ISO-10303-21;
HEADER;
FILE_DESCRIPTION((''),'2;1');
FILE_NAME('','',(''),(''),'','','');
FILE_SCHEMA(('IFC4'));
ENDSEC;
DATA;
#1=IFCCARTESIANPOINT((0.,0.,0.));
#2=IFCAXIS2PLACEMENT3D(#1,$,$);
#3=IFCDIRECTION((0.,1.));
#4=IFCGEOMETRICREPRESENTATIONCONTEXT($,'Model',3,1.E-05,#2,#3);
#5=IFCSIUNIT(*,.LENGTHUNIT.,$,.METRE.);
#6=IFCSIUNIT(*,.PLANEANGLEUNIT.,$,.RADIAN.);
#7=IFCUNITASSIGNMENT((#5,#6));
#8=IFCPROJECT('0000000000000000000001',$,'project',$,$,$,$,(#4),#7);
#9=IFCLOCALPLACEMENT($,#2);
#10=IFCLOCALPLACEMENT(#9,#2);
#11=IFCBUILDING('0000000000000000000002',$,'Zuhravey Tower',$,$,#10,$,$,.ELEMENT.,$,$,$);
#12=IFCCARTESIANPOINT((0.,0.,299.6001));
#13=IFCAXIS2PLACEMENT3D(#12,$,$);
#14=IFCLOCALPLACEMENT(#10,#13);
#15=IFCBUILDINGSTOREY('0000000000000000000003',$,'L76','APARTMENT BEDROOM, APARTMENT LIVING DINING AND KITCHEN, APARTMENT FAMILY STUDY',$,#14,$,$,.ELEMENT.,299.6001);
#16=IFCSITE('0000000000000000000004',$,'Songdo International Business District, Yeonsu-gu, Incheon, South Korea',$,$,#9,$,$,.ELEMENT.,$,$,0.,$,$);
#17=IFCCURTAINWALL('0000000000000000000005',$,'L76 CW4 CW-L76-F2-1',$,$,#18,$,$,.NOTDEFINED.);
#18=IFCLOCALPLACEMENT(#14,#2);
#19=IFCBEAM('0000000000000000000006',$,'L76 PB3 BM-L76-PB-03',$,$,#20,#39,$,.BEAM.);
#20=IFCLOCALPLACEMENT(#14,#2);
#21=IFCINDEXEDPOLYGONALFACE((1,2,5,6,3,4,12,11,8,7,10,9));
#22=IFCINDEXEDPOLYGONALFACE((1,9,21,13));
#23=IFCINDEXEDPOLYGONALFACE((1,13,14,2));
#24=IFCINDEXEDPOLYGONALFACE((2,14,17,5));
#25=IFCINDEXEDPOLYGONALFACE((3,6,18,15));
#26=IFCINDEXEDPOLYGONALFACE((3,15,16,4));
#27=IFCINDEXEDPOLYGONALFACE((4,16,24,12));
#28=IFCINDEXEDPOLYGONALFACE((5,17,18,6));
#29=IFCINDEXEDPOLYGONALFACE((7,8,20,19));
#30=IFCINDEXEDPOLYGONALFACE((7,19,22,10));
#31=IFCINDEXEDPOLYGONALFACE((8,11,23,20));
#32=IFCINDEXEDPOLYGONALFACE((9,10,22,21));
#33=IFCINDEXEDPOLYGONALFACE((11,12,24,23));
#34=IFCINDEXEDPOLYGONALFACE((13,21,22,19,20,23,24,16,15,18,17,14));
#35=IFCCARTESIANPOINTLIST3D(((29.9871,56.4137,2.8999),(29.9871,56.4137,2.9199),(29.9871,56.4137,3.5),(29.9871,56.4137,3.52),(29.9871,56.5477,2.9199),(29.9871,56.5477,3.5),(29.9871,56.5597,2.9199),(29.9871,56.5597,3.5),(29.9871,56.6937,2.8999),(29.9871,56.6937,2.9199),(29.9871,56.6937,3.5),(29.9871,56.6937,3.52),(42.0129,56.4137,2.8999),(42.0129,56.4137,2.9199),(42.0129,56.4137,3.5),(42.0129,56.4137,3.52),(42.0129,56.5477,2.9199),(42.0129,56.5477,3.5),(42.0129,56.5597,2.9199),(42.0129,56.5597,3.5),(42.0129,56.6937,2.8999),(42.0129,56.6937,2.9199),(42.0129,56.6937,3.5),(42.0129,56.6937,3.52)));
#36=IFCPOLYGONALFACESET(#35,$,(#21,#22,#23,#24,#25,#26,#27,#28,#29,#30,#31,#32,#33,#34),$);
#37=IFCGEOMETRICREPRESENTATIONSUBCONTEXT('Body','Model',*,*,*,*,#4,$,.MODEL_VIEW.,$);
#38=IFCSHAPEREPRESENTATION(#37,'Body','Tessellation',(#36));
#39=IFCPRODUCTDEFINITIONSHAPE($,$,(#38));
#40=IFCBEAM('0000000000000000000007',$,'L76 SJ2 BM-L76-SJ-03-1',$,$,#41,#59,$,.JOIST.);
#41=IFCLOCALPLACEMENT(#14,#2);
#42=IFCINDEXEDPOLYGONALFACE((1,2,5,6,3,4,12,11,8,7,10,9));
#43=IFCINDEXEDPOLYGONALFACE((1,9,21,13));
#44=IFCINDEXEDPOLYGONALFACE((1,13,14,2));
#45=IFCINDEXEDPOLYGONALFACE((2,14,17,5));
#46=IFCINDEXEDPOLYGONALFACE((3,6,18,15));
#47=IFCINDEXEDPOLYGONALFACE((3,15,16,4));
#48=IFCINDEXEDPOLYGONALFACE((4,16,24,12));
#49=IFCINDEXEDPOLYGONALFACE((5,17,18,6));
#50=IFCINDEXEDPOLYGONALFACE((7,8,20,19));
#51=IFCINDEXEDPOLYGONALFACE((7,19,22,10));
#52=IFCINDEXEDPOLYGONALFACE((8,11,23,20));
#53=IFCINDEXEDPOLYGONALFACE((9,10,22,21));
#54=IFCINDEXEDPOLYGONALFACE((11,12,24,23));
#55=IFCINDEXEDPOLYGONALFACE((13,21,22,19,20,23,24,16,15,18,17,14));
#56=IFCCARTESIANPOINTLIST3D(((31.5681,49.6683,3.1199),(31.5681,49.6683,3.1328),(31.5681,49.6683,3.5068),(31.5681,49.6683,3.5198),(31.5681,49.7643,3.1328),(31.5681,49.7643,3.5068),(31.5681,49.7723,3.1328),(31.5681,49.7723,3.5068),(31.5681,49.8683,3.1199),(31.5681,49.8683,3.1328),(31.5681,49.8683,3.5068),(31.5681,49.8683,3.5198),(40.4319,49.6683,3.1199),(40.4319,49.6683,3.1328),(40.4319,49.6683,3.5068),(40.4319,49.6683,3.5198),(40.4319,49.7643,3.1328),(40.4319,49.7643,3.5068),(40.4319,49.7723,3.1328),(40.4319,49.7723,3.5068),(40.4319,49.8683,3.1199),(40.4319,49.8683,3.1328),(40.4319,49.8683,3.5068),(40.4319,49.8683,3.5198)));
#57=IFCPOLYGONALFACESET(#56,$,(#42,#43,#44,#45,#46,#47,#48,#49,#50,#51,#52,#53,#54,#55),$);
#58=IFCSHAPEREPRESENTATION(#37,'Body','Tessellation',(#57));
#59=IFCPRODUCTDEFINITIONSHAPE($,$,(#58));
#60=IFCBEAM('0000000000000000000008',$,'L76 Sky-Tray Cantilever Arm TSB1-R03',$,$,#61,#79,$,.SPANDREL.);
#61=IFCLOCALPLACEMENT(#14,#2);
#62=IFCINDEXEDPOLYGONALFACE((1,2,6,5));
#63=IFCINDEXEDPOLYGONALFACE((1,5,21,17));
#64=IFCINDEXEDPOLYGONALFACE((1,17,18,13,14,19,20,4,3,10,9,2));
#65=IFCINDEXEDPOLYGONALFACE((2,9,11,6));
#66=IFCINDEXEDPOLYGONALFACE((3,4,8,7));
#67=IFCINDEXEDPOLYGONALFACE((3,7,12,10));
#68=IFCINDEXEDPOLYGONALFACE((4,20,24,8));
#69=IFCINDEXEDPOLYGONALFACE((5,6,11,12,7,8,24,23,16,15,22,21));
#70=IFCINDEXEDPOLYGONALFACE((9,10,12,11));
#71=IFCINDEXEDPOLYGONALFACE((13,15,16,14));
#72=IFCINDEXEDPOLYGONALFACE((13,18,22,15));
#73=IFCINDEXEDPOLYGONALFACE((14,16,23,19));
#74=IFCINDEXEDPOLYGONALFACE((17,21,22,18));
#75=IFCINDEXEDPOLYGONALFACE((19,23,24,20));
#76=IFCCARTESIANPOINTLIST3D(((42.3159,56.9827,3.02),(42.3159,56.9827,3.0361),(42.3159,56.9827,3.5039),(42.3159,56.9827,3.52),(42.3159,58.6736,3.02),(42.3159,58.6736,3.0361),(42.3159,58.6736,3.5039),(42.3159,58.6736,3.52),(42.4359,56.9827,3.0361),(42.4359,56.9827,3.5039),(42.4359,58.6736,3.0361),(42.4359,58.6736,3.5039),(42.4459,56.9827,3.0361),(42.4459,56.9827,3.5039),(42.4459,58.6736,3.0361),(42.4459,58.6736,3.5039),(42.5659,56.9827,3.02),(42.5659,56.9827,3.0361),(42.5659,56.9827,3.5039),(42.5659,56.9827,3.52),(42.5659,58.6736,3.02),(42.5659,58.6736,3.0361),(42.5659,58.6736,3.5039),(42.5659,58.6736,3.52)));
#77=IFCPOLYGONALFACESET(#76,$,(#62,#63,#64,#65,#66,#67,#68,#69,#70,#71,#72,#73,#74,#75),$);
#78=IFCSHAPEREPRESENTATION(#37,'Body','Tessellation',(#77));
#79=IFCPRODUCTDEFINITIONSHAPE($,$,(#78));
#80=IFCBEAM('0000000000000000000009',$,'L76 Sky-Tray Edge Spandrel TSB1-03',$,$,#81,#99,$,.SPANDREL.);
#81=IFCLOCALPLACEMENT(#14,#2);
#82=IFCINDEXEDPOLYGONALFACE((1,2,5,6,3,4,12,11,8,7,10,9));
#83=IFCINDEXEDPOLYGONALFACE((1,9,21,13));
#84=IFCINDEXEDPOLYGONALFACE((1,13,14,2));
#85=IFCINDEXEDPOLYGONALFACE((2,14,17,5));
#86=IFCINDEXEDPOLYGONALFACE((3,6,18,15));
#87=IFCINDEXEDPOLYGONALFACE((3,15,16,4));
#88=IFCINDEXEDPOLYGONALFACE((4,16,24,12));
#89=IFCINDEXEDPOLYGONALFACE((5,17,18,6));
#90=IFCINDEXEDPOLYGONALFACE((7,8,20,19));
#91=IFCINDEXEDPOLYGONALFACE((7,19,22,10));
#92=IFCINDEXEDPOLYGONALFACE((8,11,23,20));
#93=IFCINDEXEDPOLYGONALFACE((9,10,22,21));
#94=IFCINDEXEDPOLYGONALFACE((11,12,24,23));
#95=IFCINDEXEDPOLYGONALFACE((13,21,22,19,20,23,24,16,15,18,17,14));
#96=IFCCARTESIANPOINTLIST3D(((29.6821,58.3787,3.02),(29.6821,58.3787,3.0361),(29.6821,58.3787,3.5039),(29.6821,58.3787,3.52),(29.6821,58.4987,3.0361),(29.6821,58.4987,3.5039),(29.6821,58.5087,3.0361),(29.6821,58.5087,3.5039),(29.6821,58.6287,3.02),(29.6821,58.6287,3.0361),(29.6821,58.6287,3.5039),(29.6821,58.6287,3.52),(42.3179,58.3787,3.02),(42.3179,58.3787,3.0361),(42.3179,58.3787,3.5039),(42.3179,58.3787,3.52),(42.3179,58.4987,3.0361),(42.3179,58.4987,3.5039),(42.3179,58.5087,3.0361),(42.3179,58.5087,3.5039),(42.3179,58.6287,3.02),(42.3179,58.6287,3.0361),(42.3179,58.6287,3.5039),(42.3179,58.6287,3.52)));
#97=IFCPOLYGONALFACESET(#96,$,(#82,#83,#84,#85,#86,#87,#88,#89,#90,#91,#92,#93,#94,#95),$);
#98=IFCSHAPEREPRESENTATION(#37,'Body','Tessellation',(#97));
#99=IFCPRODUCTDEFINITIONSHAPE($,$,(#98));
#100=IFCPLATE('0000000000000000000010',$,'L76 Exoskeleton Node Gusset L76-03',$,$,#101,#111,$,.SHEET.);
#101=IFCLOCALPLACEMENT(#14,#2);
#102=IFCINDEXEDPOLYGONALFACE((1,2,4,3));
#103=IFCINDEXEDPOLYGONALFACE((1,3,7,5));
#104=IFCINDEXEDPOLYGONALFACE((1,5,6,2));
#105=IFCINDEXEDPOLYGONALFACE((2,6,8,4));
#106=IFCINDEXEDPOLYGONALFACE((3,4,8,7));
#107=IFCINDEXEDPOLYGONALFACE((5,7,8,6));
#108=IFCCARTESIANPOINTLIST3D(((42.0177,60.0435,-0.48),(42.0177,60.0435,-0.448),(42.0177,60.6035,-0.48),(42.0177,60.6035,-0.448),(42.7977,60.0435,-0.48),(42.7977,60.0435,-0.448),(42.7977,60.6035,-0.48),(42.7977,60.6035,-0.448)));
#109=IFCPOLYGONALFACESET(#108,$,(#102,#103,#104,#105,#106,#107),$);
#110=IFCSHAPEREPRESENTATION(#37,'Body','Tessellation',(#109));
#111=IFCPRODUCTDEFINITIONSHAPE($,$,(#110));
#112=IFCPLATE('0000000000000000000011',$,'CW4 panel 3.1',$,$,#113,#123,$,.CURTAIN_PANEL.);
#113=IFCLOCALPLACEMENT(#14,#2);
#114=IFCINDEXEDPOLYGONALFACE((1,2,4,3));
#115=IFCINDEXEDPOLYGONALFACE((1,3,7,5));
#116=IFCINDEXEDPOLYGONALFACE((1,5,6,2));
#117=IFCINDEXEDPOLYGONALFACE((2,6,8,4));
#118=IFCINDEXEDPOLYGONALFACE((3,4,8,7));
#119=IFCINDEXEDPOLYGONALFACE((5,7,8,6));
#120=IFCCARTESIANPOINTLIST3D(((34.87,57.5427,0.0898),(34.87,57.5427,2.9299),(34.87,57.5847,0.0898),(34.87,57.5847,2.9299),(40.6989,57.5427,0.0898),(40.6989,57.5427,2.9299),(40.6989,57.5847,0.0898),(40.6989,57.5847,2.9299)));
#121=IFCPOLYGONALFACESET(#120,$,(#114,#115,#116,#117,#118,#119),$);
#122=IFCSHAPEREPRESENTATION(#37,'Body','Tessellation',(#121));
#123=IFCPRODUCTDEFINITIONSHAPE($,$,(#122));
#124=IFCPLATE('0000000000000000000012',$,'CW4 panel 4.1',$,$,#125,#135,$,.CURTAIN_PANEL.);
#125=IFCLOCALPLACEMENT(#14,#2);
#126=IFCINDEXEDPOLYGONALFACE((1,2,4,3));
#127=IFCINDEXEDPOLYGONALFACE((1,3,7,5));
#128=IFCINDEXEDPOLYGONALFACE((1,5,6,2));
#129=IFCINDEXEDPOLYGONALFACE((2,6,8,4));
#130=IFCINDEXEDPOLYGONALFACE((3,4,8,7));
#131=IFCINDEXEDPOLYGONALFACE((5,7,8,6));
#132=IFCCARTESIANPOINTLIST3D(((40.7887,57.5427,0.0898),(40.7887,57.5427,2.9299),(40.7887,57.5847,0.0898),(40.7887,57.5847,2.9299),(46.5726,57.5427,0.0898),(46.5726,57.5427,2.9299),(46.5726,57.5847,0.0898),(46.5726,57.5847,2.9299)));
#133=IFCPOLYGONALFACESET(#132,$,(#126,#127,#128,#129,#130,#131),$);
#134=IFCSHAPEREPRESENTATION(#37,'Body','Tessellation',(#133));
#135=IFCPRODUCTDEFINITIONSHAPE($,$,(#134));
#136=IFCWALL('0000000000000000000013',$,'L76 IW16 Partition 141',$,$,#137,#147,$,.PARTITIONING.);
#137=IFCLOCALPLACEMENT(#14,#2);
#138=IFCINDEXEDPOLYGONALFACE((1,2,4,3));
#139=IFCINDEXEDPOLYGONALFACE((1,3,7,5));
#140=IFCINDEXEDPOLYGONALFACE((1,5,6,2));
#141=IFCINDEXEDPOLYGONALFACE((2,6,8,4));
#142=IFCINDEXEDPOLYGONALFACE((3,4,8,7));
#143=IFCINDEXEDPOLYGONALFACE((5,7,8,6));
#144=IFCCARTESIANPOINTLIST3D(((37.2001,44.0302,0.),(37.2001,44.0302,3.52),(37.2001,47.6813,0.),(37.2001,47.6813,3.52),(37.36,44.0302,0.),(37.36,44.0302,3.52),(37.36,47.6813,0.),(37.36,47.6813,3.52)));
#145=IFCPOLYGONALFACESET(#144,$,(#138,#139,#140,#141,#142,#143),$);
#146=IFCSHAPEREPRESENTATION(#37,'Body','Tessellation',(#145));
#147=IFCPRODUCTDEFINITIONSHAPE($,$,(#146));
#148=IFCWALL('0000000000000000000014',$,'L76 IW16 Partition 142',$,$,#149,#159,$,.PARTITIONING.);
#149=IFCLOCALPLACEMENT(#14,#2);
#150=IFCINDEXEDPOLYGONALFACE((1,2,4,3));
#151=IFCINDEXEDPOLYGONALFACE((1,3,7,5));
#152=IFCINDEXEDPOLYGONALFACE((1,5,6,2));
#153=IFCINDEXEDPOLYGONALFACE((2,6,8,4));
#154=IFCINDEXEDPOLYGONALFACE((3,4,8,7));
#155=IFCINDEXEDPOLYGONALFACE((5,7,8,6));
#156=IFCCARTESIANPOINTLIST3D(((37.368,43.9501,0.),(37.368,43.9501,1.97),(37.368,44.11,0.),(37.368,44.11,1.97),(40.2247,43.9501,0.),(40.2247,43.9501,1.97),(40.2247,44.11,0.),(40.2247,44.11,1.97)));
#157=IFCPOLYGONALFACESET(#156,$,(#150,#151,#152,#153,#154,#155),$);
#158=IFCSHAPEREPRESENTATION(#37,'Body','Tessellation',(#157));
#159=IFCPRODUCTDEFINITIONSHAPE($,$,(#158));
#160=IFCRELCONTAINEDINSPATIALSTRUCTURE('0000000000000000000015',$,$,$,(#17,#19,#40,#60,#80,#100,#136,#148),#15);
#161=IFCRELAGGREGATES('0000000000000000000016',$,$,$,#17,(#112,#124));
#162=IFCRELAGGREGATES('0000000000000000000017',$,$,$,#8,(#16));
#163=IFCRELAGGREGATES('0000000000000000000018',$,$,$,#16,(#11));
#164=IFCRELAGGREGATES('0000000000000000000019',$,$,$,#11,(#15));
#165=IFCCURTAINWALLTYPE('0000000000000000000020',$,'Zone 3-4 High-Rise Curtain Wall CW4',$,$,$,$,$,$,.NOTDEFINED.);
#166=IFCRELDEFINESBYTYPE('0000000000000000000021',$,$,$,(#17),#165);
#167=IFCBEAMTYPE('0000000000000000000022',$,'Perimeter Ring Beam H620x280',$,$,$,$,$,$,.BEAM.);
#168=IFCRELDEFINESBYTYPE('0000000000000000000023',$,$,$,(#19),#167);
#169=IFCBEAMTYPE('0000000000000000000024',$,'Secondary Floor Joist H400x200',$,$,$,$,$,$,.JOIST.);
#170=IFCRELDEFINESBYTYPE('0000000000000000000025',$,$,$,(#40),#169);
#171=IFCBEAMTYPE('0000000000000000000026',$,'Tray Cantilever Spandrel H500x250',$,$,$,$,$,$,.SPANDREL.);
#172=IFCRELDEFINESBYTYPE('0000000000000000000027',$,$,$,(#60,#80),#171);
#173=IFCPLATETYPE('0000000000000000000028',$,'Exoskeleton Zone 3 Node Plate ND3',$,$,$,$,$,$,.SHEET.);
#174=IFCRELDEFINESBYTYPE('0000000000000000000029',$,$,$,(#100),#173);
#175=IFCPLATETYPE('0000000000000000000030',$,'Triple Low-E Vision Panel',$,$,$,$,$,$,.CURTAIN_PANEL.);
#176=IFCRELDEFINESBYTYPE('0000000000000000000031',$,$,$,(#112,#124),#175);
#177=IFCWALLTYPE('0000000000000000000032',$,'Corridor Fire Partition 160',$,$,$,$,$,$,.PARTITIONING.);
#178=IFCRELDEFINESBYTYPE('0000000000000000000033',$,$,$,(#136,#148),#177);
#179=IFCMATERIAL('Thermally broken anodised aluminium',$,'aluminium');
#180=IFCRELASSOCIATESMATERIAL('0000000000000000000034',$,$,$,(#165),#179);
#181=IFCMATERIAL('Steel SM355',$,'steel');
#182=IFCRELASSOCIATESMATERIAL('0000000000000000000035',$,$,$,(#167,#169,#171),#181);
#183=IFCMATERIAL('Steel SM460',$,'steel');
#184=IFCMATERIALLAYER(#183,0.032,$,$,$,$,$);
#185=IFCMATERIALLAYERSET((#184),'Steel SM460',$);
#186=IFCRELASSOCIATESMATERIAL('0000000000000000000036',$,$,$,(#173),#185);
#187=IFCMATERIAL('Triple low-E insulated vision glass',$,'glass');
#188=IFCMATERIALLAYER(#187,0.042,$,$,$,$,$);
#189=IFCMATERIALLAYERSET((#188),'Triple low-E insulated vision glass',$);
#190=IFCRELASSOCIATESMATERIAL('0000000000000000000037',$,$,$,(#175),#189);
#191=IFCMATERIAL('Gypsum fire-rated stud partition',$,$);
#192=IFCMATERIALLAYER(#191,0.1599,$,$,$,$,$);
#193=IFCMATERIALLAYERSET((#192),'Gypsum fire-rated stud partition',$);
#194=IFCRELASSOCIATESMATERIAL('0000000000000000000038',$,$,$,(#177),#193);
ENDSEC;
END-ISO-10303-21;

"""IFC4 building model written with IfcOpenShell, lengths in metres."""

from ifc_helpers import new_model, si_unit, direction, frame, frame_2d, origin, origin_2d, place, context, subcontext, project, spatial, rectangle, i_section, extrude, material, layer, layer_set, material_profile, profile_set, type_object, element, aggregate, save


model = new_model("IFC4")

# Units and contexts
model_context = context("Model", 3, precision=1e-05, world=origin(), true_north=direction((0.0, 1.0)))
body_context = subcontext(model_context, "Body", "Model", "MODEL_VIEW")
ifc_project = project(units=[si_unit("LENGTHUNIT", "METRE"), si_unit("PLANEANGLEUNIT", "RADIAN")], contexts=[model_context])

# Site, building, storey
site_placement = place(None, origin())
site = spatial("IfcSite", under=ifc_project, at=site_placement, Name="Songdo International Business District, Yeonsu-gu, Incheon, South Korea", CompositionType="ELEMENT", RefElevation=0.0)
building_placement = place(site_placement, origin())
building = spatial("IfcBuilding", under=site, at=building_placement, Name="Zuhravey Tower", CompositionType="ELEMENT")
storey_placement = place(building_placement, frame((0.0, 0.0, 299.6001)))
storey = spatial("IfcBuildingStorey", under=building, at=storey_placement, Name="L76", Description="APARTMENT BEDROOM, APARTMENT LIVING DINING AND KITCHEN, APARTMENT FAMILY STUDY", CompositionType="ELEMENT", Elevation=299.6001)

# Curtain wall
ifc_material_1 = material(Name="Thermally broken anodised aluminium", Category="aluminium")
curtain_wall_type = type_object("IfcCurtainWallType", Name="Zone 3-4 High-Rise Curtain Wall CW4", PredefinedType="NOTDEFINED", material=ifc_material_1)
curtain_wall_placement = place(storey_placement, origin())
curtain_wall = element("IfcCurtainWall", 1, at=curtain_wall_placement, inside=storey, type_object=curtain_wall_type, Name="L76 CW4 CW-L76-F2-1", PredefinedType="NOTDEFINED")

# Shared definitions
ifc_material_2 = material(Name="Steel SM460", Category="steel")

# Shared definitions
ifc_material_3 = material(Name="Steel SM355", Category="steel")

# Beams
ifc_material_profile_1 = material_profile(ifc_material_3, i_section(OverallWidth=0.28, OverallDepth=0.6201, WebThickness=0.012, FlangeThickness=0.02, at=origin_2d()), Name="H-620x280x12x20")
ifc_profile_set_1 = profile_set([ifc_material_profile_1], Name="Steel SM355")
beam_type_1 = type_object("IfcBeamType", Name="Perimeter Ring Beam H620x280", PredefinedType="BEAM", material=ifc_profile_set_1)
beam_1_placement = place(storey_placement, frame((42.0129, 56.5537, 3.21), z_axis=(-1.0, 0.0, 0.0), x_axis=(0.0, -1.0, 0.0)))
element("IfcBeam", 2, at=beam_1_placement, inside=storey, type_object=beam_type_1, Name="L76 PB3 BM-L76-PB-03", PredefinedType="BEAM", context=body_context, shape_type="SweptSolid", body=[
    extrude(i_section(OverallWidth=0.28, OverallDepth=0.6201, WebThickness=0.012, FlangeThickness=0.02, at=origin_2d()), origin(), (0.0, 0.0, 1.0), 12.0259),
])
ifc_material_profile_2 = material_profile(ifc_material_3, i_section(OverallWidth=0.2, OverallDepth=0.3999, WebThickness=0.0081, FlangeThickness=0.0129, at=origin_2d()), Name="H-400x200x8x13")
ifc_profile_set_2 = profile_set([ifc_material_profile_2], Name="Steel SM355")
beam_type_2 = type_object("IfcBeamType", Name="Secondary Floor Joist H400x200", PredefinedType="JOIST", material=ifc_profile_set_2)
beam_2_placement = place(storey_placement, frame((40.4319, 49.7683, 3.3198), z_axis=(-1.0, 0.0, 0.0), x_axis=(0.0, -1.0, 0.0)))
element("IfcBeam", 3, at=beam_2_placement, inside=storey, type_object=beam_type_2, Name="L76 SJ2 BM-L76-SJ-03-1", PredefinedType="JOIST", context=body_context, shape_type="SweptSolid", body=[
    extrude(i_section(OverallWidth=0.2, OverallDepth=0.3999, WebThickness=0.0081, FlangeThickness=0.0129, at=origin_2d()), origin(), (0.0, 0.0, 1.0), 8.8638),
])
ifc_material_profile_3 = material_profile(ifc_material_3, i_section(OverallWidth=0.25, OverallDepth=0.5, WebThickness=0.01, FlangeThickness=0.0161, at=origin_2d()), Name="H-500x250x10x16")
ifc_profile_set_3 = profile_set([ifc_material_profile_3], Name="Steel SM355")
beam_type_3 = type_object("IfcBeamType", Name="Tray Cantilever Spandrel H500x250", PredefinedType="SPANDREL", material=ifc_profile_set_3)
beam_3_placement = place(storey_placement, frame((42.4409, 56.9827, 3.27), z_axis=(0.0, 1.0, 0.0), x_axis=(-1.0, 0.0, 0.0)))
element("IfcBeam", 4, at=beam_3_placement, inside=storey, type_object=beam_type_3, Name="L76 Sky-Tray Cantilever Arm TSB1-R03", PredefinedType="SPANDREL", context=body_context, shape_type="SweptSolid", body=[
    extrude(i_section(OverallWidth=0.25, OverallDepth=0.5, WebThickness=0.01, FlangeThickness=0.0161, at=origin_2d()), origin(), (0.0, 0.0, 1.0), 1.6909),
])
beam_4_placement = place(storey_placement, frame((42.3179, 58.5037, 3.27), z_axis=(-1.0, 0.0, 0.0), x_axis=(0.0, -1.0, 0.0)))
element("IfcBeam", 5, at=beam_4_placement, inside=storey, type_object=beam_type_3, Name="L76 Sky-Tray Edge Spandrel TSB1-03", PredefinedType="SPANDREL", context=body_context, shape_type="SweptSolid", body=[
    extrude(i_section(OverallWidth=0.25, OverallDepth=0.5, WebThickness=0.01, FlangeThickness=0.0161, at=origin_2d()), origin(), (0.0, 0.0, 1.0), 12.6357),
])

# Plates
ifc_layer_1 = layer(ifc_material_2, 0.032)
ifc_layer_set_1 = layer_set([ifc_layer_1], Name="Steel SM460")
plate_type_1 = type_object("IfcPlateType", Name="Exoskeleton Zone 3 Node Plate ND3", PredefinedType="SHEET", material=ifc_layer_set_1)
plate_1_placement = place(storey_placement, frame((42.4077, 60.3235, -0.48), z_axis=(0.0, 0.0, 1.0), x_axis=(-1.0, 0.0, 0.0)))
element("IfcPlate", 6, at=plate_1_placement, inside=storey, type_object=plate_type_1, Name="L76 Exoskeleton Node Gusset L76-03", PredefinedType="SHEET", context=body_context, shape_type="SweptSolid", body=[
    extrude(rectangle(XDim=0.78, YDim=0.5601, at=origin_2d()), origin(), (0.0, 0.0, 1.0), 0.032),
])
ifc_material_4 = material(Name="Triple low-E insulated vision glass", Category="glass")
ifc_layer_2 = layer(ifc_material_4, 0.042)
ifc_layer_set_2 = layer_set([ifc_layer_2], Name="Triple low-E insulated vision glass")
plate_type_2 = type_object("IfcPlateType", Name="Triple Low-E Vision Panel", PredefinedType="CURTAIN_PANEL", material=ifc_layer_set_2)
plate_2_placement = place(storey_placement, frame((37.7844, 57.5637, 0.0898), z_axis=(0.0, 0.0, 1.0), x_axis=(1.0, 0.0, 0.0)))
plate_2 = element("IfcPlate", 7, at=plate_2_placement, type_object=plate_type_2, Name="CW4 panel 3.1", PredefinedType="CURTAIN_PANEL", context=body_context, shape_type="SweptSolid", body=[
    extrude(rectangle(XDim=5.8289, YDim=0.042, at=origin_2d()), origin(), (0.0, 0.0, 1.0), 2.8401),
])
plate_3_placement = place(storey_placement, frame((43.6807, 57.5637, 0.0898), z_axis=(0.0, 0.0, 1.0), x_axis=(1.0, 0.0, 0.0)))
plate_3 = element("IfcPlate", 8, at=plate_3_placement, type_object=plate_type_2, Name="CW4 panel 4.1", PredefinedType="CURTAIN_PANEL", context=body_context, shape_type="SweptSolid", body=[
    extrude(rectangle(XDim=5.7839, YDim=0.042, at=origin_2d()), origin(), (0.0, 0.0, 1.0), 2.8401),
])
aggregate(curtain_wall, [plate_2, plate_3])

# Shared definitions
ifc_material_5 = material(Name="Gypsum fire-rated stud partition")
ifc_layer_3 = layer(ifc_material_5, 0.1599)
ifc_layer_set_3 = layer_set([ifc_layer_3], Name="Gypsum fire-rated stud partition")
wall_type_1 = type_object("IfcWallType", Name="Corridor Fire Partition 160", PredefinedType="PARTITIONING", material=ifc_layer_set_3)

# Walls
wall_1_placement = place(storey_placement, frame((37.28, 44.03, 0.0), z_axis=(0.0, 0.0, 1.0), x_axis=(0.0, 1.0, 0.0)))
element("IfcWall", 9, at=wall_1_placement, inside=storey, type_object=wall_type_1, Name="L76 IW16 Partition 141", PredefinedType="PARTITIONING", context=body_context, shape_type="SweptSolid", body=[
    extrude(rectangle(XDim=3.6511, YDim=0.1599, at=frame_2d((1.8257, 0.0))), origin(), (0.0, 0.0, 1.0), 3.52),
])
wall_2_placement = place(storey_placement, frame((40.2246, 44.03, 0.0), z_axis=(0.0, 0.0, 1.0), x_axis=(-1.0, 0.0, 0.0)))
element("IfcWall", 10, at=wall_2_placement, inside=storey, type_object=wall_type_1, Name="L76 IW16 Partition 142", PredefinedType="PARTITIONING", context=body_context, shape_type="SweptSolid", body=[
    extrude(rectangle(XDim=2.8567, YDim=0.1599, at=frame_2d((1.4282, 0.0))), origin(), (0.0, 0.0, 1.0), 1.97),
])

save(model, "model.ifc")
